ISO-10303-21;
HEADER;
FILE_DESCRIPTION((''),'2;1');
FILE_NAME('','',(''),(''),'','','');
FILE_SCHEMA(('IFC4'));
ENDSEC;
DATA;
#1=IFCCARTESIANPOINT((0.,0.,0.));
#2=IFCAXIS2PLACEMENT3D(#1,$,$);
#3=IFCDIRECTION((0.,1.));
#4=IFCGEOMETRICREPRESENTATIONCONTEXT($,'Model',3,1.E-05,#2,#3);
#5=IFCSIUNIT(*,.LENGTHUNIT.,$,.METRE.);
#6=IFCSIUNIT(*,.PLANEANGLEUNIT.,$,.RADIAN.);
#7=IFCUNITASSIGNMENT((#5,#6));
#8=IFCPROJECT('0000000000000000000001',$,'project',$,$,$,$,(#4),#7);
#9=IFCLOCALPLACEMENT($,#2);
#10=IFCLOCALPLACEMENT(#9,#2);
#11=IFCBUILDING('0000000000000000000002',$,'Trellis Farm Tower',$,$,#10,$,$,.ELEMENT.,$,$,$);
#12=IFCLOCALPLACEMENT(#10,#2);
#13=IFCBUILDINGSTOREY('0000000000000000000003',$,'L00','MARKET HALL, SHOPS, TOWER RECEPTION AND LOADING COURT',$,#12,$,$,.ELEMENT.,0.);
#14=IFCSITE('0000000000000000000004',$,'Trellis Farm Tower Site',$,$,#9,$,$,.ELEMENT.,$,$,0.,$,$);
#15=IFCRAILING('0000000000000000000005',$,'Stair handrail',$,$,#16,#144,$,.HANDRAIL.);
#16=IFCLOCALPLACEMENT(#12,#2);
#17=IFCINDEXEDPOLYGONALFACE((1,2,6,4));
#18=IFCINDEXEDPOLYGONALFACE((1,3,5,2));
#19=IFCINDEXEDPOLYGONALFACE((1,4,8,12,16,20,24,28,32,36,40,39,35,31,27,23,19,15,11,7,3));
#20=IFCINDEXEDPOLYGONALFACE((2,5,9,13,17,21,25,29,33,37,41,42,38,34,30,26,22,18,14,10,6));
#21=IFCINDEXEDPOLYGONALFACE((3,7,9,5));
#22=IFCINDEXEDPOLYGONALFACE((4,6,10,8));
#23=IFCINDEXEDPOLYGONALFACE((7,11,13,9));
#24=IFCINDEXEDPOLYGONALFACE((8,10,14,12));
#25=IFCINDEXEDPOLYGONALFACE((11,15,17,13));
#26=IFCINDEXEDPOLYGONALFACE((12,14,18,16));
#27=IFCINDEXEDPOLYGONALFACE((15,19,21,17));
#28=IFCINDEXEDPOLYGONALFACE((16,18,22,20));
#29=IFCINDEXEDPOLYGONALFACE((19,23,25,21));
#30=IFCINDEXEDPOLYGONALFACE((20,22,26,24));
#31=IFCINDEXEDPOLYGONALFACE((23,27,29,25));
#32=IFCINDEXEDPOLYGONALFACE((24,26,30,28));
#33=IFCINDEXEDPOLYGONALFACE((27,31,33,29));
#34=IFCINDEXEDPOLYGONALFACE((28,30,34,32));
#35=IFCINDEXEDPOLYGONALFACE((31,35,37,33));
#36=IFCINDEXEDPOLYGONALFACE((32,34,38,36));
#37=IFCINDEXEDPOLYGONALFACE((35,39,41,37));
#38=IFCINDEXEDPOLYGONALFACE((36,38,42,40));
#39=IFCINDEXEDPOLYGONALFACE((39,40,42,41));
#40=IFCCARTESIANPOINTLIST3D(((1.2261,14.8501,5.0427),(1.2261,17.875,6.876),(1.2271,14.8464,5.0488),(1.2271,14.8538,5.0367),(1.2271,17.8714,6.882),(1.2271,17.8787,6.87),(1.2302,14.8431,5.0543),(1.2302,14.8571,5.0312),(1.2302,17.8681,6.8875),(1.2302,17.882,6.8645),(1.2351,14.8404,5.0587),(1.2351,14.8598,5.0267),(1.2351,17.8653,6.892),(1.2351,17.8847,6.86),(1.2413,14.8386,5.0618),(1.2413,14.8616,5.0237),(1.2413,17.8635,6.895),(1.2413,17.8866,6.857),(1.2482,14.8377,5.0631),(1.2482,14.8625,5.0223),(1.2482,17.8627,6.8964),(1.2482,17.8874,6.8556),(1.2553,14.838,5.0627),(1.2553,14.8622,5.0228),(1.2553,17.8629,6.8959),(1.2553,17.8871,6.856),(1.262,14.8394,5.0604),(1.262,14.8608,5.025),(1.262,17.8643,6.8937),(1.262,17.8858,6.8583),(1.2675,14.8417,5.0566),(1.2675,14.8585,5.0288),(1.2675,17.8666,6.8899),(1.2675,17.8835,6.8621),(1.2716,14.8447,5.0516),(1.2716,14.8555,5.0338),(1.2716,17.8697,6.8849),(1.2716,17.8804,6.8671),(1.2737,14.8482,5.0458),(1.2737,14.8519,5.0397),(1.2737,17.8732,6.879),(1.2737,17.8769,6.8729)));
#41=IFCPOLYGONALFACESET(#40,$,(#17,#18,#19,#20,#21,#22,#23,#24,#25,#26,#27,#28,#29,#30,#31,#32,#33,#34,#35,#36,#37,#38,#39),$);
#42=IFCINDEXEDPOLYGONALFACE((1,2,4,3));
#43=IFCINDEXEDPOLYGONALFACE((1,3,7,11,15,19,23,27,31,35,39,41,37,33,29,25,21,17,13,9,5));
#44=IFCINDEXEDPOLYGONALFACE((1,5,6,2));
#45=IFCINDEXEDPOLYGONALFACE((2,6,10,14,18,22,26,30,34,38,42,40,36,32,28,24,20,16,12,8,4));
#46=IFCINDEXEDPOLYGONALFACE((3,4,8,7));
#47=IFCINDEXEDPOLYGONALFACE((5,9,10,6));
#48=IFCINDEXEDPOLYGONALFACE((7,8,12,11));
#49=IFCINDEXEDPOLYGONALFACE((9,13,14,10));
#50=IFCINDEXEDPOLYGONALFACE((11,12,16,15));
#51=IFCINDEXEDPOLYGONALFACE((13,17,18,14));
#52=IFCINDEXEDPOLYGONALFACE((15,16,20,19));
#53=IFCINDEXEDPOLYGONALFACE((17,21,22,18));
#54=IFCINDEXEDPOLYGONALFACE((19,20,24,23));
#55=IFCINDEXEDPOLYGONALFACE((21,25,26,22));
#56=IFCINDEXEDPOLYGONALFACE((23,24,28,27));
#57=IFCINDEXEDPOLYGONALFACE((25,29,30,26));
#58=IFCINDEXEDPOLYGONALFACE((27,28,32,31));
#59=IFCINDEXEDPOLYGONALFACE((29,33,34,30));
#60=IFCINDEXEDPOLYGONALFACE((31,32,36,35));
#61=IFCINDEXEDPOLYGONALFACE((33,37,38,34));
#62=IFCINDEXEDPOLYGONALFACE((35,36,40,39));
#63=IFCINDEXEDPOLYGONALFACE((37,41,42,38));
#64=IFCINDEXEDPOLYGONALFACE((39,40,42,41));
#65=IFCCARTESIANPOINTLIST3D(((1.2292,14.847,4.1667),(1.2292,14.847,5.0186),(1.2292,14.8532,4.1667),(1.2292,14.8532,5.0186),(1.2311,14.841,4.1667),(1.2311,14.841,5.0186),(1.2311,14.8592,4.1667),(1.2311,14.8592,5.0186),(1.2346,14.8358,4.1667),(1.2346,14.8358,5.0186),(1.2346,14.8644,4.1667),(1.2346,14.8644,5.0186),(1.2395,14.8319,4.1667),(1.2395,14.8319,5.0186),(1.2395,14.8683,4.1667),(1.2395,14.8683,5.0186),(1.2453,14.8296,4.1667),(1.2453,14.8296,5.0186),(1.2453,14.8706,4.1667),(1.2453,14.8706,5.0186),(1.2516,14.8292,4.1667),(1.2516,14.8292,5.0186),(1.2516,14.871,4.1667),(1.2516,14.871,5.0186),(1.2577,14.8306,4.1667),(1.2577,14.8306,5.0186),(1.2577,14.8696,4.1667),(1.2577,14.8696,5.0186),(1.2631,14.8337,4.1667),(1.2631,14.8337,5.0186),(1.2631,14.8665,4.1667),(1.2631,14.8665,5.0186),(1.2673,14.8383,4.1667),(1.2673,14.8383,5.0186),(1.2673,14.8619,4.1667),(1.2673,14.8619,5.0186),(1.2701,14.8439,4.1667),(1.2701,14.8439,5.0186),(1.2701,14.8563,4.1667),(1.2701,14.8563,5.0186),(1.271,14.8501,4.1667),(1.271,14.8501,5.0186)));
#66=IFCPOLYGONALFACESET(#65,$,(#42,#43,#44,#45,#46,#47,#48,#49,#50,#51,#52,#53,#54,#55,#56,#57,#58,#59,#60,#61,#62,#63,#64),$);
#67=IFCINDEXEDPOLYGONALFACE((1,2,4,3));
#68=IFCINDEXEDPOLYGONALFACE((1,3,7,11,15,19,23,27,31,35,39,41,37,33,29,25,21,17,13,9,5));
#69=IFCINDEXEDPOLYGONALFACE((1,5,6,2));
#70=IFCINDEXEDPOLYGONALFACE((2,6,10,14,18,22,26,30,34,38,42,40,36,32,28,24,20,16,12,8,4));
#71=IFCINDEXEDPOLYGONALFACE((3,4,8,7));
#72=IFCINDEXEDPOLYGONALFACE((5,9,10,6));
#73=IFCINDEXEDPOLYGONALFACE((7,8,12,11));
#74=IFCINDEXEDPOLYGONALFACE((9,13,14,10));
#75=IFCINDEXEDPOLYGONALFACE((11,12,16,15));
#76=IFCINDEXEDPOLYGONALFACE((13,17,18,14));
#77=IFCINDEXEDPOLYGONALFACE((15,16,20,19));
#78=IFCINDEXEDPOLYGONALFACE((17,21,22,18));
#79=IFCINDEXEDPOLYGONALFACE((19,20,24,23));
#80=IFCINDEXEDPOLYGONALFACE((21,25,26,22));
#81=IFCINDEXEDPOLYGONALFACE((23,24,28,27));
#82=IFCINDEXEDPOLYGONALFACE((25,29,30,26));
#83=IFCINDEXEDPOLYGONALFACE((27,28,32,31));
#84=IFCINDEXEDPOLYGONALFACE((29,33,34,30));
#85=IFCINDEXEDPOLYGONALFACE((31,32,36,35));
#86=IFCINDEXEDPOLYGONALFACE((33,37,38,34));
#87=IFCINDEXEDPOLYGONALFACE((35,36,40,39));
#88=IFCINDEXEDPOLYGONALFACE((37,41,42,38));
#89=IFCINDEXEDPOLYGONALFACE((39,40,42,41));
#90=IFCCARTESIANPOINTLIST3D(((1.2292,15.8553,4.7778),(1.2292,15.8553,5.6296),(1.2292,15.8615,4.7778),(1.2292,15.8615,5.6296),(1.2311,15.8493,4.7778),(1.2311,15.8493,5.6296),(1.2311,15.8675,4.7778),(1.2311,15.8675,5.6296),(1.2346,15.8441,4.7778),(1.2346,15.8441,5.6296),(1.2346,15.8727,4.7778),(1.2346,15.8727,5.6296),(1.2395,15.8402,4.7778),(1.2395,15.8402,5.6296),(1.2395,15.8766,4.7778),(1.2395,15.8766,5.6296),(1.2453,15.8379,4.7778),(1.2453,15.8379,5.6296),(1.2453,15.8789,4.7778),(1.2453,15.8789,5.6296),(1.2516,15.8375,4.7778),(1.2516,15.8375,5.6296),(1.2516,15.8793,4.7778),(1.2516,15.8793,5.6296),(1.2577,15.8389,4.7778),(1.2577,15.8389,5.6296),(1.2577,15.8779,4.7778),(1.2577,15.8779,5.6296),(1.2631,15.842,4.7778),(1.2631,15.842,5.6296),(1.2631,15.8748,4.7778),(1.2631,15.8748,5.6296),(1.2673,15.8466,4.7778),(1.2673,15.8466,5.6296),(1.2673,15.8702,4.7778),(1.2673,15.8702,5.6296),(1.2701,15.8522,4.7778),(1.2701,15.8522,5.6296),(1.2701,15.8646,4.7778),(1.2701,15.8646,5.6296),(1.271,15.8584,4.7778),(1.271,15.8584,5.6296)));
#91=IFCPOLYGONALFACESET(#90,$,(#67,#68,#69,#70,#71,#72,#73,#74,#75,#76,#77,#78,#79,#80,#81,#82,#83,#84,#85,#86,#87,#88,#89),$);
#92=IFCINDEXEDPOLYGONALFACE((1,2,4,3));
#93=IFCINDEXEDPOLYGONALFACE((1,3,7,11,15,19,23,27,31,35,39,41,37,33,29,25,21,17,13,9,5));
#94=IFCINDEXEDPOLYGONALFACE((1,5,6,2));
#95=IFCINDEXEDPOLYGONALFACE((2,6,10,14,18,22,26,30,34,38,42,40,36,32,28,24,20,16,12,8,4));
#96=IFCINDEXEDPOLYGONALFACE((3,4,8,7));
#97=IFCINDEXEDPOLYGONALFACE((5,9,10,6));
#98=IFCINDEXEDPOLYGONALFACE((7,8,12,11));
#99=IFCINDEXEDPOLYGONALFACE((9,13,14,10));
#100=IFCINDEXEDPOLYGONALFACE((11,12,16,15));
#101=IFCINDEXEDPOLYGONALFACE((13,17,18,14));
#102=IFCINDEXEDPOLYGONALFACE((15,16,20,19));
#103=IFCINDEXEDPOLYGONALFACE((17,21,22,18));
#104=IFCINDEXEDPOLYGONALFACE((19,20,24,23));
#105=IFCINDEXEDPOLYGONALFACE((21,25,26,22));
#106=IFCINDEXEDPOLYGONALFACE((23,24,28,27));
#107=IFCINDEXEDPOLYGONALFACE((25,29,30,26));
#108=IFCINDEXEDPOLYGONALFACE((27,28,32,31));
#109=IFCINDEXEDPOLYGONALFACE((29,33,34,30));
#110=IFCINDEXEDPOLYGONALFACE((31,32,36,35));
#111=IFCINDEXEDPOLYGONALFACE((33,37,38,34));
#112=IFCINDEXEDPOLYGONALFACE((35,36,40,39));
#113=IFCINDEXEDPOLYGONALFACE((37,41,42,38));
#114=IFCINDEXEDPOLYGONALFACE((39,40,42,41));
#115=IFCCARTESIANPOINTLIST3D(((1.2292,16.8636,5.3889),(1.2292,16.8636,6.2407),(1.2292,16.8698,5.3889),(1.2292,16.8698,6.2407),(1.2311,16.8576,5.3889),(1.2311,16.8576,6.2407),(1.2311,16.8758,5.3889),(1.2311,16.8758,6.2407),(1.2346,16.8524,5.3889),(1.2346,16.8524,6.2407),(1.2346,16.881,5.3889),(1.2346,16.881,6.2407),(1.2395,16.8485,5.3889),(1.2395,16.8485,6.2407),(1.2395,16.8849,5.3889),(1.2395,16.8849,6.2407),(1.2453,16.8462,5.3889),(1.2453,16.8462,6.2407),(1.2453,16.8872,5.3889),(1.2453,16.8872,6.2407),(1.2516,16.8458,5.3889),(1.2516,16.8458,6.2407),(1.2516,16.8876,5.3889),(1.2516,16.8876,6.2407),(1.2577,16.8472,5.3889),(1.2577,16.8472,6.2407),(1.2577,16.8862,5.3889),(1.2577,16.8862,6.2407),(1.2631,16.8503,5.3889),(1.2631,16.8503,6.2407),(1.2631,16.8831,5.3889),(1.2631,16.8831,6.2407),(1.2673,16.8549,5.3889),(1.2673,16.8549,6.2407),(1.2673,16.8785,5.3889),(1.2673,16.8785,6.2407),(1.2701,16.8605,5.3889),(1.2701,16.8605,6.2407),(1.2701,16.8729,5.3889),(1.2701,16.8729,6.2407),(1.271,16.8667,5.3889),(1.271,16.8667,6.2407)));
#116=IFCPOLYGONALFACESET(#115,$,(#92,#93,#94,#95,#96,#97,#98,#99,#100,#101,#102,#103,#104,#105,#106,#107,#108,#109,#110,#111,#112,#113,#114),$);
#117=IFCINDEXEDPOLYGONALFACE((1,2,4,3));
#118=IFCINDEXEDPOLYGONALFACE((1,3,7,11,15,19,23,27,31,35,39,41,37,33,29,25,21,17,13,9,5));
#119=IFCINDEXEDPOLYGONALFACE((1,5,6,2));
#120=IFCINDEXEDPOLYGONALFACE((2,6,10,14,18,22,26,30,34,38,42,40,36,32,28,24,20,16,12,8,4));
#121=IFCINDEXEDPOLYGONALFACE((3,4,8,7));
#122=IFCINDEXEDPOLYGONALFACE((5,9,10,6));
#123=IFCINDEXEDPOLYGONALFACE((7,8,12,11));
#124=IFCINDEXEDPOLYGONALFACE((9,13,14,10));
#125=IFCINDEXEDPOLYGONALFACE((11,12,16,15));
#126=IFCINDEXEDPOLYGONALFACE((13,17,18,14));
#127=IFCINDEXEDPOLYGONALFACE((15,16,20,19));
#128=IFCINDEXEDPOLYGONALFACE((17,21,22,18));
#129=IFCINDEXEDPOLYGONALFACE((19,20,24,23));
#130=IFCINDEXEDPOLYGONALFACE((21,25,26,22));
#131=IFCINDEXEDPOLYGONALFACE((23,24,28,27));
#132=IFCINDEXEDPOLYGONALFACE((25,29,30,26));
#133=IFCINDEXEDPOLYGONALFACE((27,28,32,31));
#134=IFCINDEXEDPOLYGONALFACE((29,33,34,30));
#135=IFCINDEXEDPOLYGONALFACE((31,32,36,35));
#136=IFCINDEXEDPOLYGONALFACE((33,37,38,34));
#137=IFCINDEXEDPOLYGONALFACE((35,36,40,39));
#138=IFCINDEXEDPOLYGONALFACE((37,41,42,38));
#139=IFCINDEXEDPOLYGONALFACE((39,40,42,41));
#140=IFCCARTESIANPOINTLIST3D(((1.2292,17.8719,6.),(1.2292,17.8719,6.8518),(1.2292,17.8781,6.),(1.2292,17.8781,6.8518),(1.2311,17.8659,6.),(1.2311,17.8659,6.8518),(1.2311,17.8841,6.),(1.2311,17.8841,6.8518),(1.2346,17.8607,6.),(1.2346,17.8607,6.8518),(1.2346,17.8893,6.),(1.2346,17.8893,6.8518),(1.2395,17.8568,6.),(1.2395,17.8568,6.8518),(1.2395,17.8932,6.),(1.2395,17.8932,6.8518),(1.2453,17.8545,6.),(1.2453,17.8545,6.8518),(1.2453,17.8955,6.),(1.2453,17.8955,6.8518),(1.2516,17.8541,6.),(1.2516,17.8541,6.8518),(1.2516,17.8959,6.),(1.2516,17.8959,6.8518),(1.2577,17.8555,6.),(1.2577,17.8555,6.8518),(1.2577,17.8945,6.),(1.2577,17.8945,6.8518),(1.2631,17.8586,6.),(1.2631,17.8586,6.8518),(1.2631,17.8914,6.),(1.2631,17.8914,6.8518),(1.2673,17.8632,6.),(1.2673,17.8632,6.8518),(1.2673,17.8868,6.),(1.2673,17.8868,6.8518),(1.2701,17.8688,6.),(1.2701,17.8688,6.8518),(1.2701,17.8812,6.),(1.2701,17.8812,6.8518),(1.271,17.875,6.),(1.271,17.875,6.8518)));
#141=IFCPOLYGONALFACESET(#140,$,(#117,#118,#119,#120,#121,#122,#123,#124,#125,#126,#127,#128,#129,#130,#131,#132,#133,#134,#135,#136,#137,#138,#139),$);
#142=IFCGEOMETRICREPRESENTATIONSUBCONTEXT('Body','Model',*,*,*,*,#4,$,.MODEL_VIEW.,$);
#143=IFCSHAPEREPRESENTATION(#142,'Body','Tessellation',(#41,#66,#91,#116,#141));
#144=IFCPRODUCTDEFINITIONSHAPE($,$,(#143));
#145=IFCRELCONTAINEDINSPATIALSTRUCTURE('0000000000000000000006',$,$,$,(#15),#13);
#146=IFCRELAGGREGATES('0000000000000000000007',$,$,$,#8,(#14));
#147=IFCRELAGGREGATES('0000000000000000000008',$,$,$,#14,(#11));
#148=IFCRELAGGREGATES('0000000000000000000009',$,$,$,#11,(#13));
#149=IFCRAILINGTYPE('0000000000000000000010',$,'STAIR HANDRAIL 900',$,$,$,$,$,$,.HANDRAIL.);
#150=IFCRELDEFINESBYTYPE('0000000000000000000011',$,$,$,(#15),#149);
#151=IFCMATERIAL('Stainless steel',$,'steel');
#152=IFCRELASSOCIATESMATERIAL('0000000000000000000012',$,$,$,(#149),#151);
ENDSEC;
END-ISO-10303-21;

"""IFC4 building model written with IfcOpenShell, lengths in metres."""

from ifc_helpers import new_model, si_unit, direction, frame, origin, origin_2d, place, context, subcontext, project, spatial, circle, extrude, source, transform, mapped, material, type_object, element, save


model = new_model("IFC4")

# Units and contexts
model_context = context("Model", 3, precision=1e-05, world=origin(), true_north=direction((0.0, 1.0)))
body_context = subcontext(model_context, "Body", "Model", "MODEL_VIEW")
ifc_project = project(units=[si_unit("LENGTHUNIT", "METRE"), si_unit("PLANEANGLEUNIT", "RADIAN")], contexts=[model_context])

# Site, building, storey
site_placement = place(None, origin())
site = spatial("IfcSite", under=ifc_project, at=site_placement, Name="Trellis Farm Tower Site", CompositionType="ELEMENT", RefElevation=0.0)
building_placement = place(site_placement, origin())
building = spatial("IfcBuilding", under=site, at=building_placement, Name="Trellis Farm Tower", CompositionType="ELEMENT")
storey_placement = place(building_placement, origin())
storey = spatial("IfcBuildingStorey", under=building, at=storey_placement, Name="L00", Description="MARKET HALL, SHOPS, TOWER RECEPTION AND LOADING COURT", CompositionType="ELEMENT", Elevation=0.0)

# Railing
ifc_material_1 = material(Name="Stainless steel", Category="steel")
railing_type = type_object("IfcRailingType", Name="STAIR HANDRAIL 900", PredefinedType="HANDRAIL", material=ifc_material_1)
shared_shape_1 = source(origin(), body_context, "Body", "SweptSolid", [
    extrude(circle(Radius=0.0239, at=origin_2d()), frame((0.0, 0.0, 0.876), z_axis=(0.0, 0.855201, 0.518297), x_axis=(-1.0, 0.0, 0.0)), (0.0, 0.0, 1.0), 3.5371),
    extrude(circle(Radius=0.021, at=origin_2d()), origin(), (0.0, 0.0, 1.0), 0.8518),
    extrude(circle(Radius=0.021, at=origin_2d()), frame((0.0, 1.0083, 0.6111)), (0.0, 0.0, 1.0), 0.8518),
    extrude(circle(Radius=0.021, at=origin_2d()), frame((0.0, 2.0166, 1.2222)), (0.0, 0.0, 1.0), 0.8518),
    extrude(circle(Radius=0.021, at=origin_2d()), frame((0.0, 3.0249, 1.8333)), (0.0, 0.0, 1.0), 0.8518),
])
for number, where, name in (
    (1, (1.25, 14.8501, 4.1667), "Stair handrail"),
):
    element("IfcRailing", number, at=place(storey_placement, frame(where)), inside=storey, type_object=railing_type, Name=name, PredefinedType="HANDRAIL", context=body_context, shape_type="MappedRepresentation", body=[
        mapped(shared_shape_1, transform((0.0, 0.0, 0.0))),
    ])

save(model, "model.ifc")
